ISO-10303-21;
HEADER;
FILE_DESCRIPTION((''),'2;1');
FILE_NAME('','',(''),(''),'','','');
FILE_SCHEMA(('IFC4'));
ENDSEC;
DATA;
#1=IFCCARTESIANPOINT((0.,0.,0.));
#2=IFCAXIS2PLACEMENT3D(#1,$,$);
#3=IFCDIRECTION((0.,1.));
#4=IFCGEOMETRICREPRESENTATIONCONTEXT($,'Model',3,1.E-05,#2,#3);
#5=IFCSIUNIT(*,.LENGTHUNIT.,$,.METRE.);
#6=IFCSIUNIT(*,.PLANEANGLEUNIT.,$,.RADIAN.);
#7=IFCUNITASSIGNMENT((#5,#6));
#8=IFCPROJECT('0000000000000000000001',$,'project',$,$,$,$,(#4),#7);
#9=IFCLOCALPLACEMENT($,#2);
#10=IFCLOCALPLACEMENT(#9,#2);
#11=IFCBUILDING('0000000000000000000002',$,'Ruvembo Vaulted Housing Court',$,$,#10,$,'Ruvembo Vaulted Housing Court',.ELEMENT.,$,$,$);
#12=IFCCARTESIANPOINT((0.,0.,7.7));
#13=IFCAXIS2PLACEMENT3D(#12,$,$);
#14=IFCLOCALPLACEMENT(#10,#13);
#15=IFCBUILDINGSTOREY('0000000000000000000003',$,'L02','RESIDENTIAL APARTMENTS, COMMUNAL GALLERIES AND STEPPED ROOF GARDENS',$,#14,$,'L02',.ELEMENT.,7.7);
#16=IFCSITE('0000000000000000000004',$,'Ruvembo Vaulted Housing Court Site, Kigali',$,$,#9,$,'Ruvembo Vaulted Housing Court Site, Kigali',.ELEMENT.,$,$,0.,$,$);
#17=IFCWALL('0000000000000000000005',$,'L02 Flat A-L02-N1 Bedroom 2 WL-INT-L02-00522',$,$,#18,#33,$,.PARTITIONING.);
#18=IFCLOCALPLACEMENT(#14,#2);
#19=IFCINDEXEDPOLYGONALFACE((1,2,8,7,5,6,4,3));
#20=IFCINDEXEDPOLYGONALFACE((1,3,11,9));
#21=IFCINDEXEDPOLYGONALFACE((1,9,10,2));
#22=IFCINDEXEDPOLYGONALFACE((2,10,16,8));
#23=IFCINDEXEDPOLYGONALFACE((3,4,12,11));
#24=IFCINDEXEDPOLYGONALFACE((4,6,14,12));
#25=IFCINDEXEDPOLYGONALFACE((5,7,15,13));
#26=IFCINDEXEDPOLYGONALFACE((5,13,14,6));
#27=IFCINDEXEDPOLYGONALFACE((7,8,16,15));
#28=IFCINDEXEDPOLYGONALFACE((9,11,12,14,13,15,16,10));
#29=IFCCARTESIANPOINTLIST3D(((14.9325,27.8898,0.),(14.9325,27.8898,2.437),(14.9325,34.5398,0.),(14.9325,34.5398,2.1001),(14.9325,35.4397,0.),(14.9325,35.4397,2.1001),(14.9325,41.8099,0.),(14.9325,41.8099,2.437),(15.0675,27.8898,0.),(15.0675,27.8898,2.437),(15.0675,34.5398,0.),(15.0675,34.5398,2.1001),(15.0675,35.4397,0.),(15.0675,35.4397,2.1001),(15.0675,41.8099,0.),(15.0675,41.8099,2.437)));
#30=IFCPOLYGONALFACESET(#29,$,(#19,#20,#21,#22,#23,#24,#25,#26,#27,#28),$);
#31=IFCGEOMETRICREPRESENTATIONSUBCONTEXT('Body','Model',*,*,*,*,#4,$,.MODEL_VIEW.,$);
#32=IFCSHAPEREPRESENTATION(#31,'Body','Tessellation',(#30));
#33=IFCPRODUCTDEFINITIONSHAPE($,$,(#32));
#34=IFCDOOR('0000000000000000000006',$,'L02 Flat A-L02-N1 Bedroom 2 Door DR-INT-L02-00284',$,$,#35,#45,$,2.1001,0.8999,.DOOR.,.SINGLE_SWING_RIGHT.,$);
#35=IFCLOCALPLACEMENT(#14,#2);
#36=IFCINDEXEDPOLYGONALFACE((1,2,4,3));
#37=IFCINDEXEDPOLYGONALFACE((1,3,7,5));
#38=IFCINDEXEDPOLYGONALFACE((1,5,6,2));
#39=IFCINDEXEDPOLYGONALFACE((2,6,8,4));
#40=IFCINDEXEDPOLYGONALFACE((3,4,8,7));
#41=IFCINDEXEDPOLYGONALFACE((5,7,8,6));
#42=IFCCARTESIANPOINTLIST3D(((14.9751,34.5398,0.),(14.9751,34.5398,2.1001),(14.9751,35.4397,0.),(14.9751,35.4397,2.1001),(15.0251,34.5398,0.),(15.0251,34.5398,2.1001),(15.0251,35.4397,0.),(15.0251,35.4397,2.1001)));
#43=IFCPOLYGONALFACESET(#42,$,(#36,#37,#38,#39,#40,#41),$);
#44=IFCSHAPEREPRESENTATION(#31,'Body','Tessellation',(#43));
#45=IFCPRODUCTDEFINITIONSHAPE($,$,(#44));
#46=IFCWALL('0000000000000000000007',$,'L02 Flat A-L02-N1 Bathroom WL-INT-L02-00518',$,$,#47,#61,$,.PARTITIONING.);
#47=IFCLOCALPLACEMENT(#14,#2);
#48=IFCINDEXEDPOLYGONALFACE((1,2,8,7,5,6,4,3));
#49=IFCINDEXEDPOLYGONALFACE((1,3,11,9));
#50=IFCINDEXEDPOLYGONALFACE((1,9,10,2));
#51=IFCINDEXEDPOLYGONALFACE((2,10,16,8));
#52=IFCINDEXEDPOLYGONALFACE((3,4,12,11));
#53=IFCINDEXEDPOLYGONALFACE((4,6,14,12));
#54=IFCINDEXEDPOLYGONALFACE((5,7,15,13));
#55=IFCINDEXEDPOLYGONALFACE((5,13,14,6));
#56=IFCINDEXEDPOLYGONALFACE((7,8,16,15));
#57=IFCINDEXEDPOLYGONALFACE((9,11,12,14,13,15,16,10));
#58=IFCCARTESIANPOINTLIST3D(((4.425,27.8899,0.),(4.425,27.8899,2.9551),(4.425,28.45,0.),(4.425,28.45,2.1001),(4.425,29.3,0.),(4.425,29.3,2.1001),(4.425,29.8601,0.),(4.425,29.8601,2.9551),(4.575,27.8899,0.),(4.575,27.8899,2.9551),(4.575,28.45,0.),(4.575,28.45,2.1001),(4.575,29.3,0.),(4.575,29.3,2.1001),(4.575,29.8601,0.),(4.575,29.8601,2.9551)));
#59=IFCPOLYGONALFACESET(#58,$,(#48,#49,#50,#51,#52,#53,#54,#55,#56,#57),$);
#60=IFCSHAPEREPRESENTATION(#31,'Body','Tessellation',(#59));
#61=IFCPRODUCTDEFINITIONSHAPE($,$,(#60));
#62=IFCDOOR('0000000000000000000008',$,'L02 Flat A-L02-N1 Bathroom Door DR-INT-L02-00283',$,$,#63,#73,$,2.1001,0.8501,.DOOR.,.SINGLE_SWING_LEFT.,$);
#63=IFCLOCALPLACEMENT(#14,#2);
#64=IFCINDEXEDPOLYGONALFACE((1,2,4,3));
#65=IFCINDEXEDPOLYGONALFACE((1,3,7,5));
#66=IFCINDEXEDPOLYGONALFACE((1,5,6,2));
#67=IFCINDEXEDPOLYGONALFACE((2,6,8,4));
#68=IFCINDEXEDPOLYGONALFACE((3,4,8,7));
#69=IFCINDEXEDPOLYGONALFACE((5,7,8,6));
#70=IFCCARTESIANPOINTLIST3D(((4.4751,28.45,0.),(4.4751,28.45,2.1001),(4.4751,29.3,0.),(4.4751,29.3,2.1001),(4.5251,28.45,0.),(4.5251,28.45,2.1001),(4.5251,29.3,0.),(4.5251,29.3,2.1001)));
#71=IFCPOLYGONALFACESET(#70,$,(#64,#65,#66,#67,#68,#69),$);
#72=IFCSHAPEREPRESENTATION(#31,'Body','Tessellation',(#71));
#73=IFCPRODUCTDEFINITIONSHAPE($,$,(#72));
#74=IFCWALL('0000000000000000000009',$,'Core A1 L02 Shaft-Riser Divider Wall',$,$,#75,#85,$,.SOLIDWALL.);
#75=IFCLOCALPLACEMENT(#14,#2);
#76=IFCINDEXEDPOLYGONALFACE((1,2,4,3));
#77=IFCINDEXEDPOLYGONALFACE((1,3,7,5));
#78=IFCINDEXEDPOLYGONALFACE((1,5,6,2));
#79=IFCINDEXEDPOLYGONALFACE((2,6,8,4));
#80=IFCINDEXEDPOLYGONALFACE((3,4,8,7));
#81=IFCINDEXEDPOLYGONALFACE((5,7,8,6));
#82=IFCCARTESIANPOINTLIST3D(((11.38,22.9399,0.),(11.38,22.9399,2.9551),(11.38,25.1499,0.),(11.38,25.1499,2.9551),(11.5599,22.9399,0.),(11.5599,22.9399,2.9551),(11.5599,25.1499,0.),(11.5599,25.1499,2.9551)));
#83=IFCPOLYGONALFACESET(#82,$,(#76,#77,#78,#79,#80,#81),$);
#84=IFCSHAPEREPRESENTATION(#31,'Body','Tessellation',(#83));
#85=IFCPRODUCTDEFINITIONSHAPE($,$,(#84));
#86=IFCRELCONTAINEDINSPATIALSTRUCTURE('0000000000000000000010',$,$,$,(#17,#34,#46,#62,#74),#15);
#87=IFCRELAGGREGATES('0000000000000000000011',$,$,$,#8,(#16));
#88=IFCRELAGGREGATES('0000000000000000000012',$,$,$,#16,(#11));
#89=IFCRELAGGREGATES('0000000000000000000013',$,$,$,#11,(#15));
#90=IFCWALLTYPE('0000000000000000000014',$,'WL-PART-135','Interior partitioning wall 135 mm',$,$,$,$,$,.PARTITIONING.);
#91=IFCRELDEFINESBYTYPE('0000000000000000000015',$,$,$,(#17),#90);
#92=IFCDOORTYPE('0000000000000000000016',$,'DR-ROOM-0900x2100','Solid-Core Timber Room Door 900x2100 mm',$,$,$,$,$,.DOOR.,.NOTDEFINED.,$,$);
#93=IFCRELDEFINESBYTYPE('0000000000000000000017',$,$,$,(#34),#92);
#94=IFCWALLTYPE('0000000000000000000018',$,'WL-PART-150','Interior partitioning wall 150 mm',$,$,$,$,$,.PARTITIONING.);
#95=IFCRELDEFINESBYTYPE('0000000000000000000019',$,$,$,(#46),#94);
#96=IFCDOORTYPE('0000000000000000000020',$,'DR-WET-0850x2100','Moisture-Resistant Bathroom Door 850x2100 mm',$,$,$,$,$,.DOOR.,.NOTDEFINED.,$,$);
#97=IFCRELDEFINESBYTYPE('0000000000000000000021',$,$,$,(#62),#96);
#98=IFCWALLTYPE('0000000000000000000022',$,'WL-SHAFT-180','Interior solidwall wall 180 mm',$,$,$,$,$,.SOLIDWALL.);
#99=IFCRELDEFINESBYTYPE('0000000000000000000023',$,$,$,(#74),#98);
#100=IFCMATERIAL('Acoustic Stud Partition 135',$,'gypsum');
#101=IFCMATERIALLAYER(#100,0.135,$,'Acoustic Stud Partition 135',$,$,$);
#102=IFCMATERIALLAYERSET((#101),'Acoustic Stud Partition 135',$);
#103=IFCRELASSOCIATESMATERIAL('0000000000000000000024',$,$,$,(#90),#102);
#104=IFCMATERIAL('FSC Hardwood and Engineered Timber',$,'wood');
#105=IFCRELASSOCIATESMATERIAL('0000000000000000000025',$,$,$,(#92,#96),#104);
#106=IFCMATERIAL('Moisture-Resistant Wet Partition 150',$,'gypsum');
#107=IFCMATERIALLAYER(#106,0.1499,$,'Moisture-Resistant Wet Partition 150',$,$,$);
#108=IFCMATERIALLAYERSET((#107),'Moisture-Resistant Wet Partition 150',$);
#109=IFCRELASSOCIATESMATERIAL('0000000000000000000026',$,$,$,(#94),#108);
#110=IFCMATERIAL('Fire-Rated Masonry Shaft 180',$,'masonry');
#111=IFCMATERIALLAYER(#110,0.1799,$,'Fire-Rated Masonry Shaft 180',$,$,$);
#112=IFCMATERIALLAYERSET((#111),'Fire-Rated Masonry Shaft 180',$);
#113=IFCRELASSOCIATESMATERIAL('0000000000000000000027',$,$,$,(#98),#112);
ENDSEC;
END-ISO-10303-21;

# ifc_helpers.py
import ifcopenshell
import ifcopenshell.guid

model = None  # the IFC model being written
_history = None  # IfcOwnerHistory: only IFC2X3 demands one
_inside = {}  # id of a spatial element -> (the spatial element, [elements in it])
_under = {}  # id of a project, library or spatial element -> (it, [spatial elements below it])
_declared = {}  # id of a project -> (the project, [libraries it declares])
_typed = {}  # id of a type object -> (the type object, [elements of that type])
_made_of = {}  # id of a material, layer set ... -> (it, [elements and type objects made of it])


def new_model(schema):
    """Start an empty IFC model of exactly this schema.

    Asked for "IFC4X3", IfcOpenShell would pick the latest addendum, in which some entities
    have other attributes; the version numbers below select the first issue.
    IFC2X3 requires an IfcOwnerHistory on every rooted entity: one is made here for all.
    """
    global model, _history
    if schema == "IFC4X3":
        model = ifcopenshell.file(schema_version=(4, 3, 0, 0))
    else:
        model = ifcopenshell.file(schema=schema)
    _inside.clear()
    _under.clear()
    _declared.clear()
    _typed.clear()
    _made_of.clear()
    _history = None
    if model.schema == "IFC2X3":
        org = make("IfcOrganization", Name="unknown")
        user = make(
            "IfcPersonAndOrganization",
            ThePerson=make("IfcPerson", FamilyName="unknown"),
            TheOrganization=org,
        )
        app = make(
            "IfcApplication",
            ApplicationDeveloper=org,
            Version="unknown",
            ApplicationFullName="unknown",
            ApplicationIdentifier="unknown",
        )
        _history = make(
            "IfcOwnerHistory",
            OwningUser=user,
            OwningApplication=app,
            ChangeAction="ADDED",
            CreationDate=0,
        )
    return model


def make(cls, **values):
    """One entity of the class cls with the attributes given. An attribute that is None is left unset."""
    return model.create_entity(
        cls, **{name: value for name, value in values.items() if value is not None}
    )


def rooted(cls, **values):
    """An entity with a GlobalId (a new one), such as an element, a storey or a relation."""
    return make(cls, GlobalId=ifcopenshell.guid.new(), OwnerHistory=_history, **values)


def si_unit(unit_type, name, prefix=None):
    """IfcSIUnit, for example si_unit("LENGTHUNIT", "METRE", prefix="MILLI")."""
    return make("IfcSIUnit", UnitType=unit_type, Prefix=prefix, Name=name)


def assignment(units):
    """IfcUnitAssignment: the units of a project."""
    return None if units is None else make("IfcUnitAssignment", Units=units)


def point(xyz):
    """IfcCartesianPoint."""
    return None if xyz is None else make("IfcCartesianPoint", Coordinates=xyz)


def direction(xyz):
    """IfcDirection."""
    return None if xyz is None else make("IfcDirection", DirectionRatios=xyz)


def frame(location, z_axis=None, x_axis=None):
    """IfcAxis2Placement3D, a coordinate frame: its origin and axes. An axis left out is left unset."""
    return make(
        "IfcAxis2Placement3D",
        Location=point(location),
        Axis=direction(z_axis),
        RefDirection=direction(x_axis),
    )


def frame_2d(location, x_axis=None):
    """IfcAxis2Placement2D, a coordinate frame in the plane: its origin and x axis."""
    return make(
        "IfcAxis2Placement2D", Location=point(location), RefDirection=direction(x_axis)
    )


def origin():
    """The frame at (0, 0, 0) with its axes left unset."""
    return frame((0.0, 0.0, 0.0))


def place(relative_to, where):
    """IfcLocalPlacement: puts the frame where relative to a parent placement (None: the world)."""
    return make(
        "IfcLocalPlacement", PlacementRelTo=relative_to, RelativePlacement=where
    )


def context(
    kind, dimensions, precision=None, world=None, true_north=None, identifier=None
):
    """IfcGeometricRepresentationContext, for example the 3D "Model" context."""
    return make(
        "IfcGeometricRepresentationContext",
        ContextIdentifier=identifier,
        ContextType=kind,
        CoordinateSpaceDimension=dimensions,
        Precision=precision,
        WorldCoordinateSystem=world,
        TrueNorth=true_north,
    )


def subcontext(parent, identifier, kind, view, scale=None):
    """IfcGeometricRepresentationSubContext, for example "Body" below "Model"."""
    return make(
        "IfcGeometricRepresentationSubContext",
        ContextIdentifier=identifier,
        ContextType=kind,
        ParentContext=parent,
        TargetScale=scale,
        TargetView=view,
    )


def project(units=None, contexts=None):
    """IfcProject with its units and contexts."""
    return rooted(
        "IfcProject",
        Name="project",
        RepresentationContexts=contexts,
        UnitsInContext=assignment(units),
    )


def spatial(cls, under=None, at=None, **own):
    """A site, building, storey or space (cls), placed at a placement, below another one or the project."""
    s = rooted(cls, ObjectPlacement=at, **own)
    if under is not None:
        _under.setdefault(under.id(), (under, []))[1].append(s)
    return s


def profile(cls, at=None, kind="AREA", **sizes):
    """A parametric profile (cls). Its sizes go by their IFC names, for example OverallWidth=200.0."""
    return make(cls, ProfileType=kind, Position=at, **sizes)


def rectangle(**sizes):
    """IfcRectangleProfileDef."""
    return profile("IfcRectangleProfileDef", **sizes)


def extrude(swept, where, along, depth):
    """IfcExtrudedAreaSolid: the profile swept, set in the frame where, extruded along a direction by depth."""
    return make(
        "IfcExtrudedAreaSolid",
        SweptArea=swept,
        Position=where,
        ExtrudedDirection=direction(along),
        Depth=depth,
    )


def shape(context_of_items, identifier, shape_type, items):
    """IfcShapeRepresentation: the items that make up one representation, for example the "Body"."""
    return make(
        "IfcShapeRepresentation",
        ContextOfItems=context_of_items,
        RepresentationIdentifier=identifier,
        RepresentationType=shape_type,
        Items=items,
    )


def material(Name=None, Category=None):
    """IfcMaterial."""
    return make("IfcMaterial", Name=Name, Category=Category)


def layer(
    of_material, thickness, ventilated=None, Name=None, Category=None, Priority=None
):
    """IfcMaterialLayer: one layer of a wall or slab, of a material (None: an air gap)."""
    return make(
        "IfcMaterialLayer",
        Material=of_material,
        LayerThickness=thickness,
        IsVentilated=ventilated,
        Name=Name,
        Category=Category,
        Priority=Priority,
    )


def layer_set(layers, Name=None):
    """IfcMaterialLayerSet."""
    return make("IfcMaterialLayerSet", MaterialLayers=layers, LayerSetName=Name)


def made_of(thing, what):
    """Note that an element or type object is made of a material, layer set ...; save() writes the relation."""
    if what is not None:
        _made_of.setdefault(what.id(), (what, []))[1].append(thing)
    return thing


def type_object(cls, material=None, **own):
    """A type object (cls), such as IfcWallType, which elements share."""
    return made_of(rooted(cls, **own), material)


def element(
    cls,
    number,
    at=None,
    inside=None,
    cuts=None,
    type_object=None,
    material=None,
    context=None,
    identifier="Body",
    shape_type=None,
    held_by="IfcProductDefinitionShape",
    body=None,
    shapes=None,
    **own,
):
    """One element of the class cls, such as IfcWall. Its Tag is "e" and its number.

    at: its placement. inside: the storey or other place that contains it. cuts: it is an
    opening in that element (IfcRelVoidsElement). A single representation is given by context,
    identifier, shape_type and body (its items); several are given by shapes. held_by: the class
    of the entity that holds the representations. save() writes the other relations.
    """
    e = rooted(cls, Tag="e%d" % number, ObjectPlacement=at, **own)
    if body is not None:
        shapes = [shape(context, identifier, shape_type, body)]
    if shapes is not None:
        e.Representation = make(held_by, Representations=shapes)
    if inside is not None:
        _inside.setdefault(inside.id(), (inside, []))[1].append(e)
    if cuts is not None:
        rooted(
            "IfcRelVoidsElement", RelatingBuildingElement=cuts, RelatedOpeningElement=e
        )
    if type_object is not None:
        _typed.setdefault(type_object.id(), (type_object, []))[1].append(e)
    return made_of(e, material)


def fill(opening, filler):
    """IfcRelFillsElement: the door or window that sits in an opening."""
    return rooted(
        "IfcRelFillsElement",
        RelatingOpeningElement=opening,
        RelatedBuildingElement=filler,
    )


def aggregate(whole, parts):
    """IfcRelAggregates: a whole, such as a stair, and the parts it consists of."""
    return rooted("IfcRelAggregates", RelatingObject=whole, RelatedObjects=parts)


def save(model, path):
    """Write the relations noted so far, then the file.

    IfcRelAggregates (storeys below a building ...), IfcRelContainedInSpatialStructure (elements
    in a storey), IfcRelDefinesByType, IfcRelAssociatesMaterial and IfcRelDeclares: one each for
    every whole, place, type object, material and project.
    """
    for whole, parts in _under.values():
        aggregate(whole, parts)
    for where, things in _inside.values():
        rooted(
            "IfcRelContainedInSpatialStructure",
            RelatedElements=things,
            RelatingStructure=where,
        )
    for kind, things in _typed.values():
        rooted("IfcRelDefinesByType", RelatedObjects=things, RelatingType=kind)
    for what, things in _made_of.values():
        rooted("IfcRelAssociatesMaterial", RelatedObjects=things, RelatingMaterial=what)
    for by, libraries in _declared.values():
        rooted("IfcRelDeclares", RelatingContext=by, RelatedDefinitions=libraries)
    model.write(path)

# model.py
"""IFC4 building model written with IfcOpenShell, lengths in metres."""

from ifc_helpers import new_model, si_unit, direction, frame, frame_2d, origin, place, context, subcontext, project, spatial, rectangle, extrude, material, layer, layer_set, type_object, element, fill, save


model = new_model("IFC4")

# Units and contexts
model_context = context("Model", 3, precision=1e-05, world=origin(), true_north=direction((0.0, 1.0)))
body_context = subcontext(model_context, "Body", "Model", "MODEL_VIEW")
ifc_project = project(units=[si_unit("LENGTHUNIT", "METRE"), si_unit("PLANEANGLEUNIT", "RADIAN")], contexts=[model_context])

# Site, building, storey
site_placement = place(None, origin())
site = spatial("IfcSite", under=ifc_project, at=site_placement, Name="Ruvembo Vaulted Housing Court Site, Kigali", LongName="Ruvembo Vaulted Housing Court Site, Kigali", CompositionType="ELEMENT", RefElevation=0.0)
building_placement = place(site_placement, origin())
building = spatial("IfcBuilding", under=site, at=building_placement, Name="Ruvembo Vaulted Housing Court", LongName="Ruvembo Vaulted Housing Court", CompositionType="ELEMENT")
storey_placement = place(building_placement, frame((0.0, 0.0, 7.7)))
storey = spatial("IfcBuildingStorey", under=building, at=storey_placement, Name="L02", Description="RESIDENTIAL APARTMENTS, COMMUNAL GALLERIES AND STEPPED ROOF GARDENS", LongName="L02", CompositionType="ELEMENT", Elevation=7.7)

# Shared definitions
ifc_material_1 = material(Name="FSC Hardwood and Engineered Timber", Category="wood")

# Walls, openings, doors
ifc_material_2 = material(Name="Acoustic Stud Partition 135", Category="gypsum")
ifc_layer_1 = layer(ifc_material_2, 0.135, Name="Acoustic Stud Partition 135")
ifc_layer_set_1 = layer_set([ifc_layer_1], Name="Acoustic Stud Partition 135")
wall_type_1 = type_object("IfcWallType", Name="WL-PART-135", Description="Interior partitioning wall 135 mm", PredefinedType="PARTITIONING", material=ifc_layer_set_1)
wall_1_placement = place(storey_placement, frame((15.0, 27.8899, 0.0), z_axis=(0.0, 0.0, 1.0), x_axis=(0.0, 1.0, 0.0)))
wall_1 = element("IfcWall", 1, at=wall_1_placement, inside=storey, type_object=wall_type_1, Name="L02 Flat A-L02-N1 Bedroom 2 WL-INT-L02-00522", PredefinedType="PARTITIONING", context=body_context, shape_type="SweptSolid", body=[
    extrude(rectangle(XDim=13.9202, YDim=0.135, at=frame_2d((6.96, 0.0))), origin(), (0.0, 0.0, 1.0), 2.437),
])
opening_1_placement = place(wall_1_placement, frame((6.6499, 0.0, 0.0)))
opening_1 = element("IfcOpeningElement", 2, at=opening_1_placement, cuts=wall_1, PredefinedType="OPENING", context=body_context, shape_type="SweptSolid", body=[
    extrude(rectangle(XDim=0.8999, YDim=2.1001, at=frame_2d((0.45, 1.05))), frame((0.0, 0.0774, 0.0), z_axis=(0.0, -1.0, 0.0), x_axis=(1.0, 0.0, 0.0)), (0.0, 0.0, 1.0), 0.155),
])
door_type_1 = type_object("IfcDoorType", Name="DR-ROOM-0900x2100", Description="Solid-Core Timber Room Door 900x2100 mm", OperationType="NOTDEFINED", PredefinedType="DOOR", material=ifc_material_1)
door_1_placement = place(opening_1_placement, origin())
door_1 = element("IfcDoor", 3, at=door_1_placement, inside=storey, type_object=door_type_1, Name="L02 Flat A-L02-N1 Bedroom 2 Door DR-INT-L02-00284", OperationType="SINGLE_SWING_RIGHT", OverallHeight=2.1001, OverallWidth=0.8999, PredefinedType="DOOR", context=body_context, shape_type="SweptSolid", body=[
    extrude(rectangle(XDim=0.8999, YDim=2.1001, at=frame_2d((0.45, 1.05))), frame((0.0, 0.0249, 0.0), z_axis=(0.0, -1.0, 0.0), x_axis=(1.0, 0.0, 0.0)), (0.0, 0.0, 1.0), 0.05),
])
fill(opening_1, door_1)
ifc_material_3 = material(Name="Moisture-Resistant Wet Partition 150", Category="gypsum")
ifc_layer_2 = layer(ifc_material_3, 0.1499, Name="Moisture-Resistant Wet Partition 150")
ifc_layer_set_2 = layer_set([ifc_layer_2], Name="Moisture-Resistant Wet Partition 150")
wall_type_2 = type_object("IfcWallType", Name="WL-PART-150", Description="Interior partitioning wall 150 mm", PredefinedType="PARTITIONING", material=ifc_layer_set_2)
wall_2_placement = place(storey_placement, frame((4.5, 27.8899, 0.0), z_axis=(0.0, 0.0, 1.0), x_axis=(0.0, 1.0, 0.0)))
wall_2 = element("IfcWall", 4, at=wall_2_placement, inside=storey, type_object=wall_type_2, Name="L02 Flat A-L02-N1 Bathroom WL-INT-L02-00518", PredefinedType="PARTITIONING", context=body_context, shape_type="SweptSolid", body=[
    extrude(rectangle(XDim=1.9702, YDim=0.1499, at=frame_2d((0.9851, 0.0))), origin(), (0.0, 0.0, 1.0), 2.9551),
])
opening_2_placement = place(wall_2_placement, frame((0.5601, 0.0, 0.0)))
opening_2 = element("IfcOpeningElement", 5, at=opening_2_placement, cuts=wall_2, PredefinedType="OPENING", context=body_context, shape_type="SweptSolid", body=[
    extrude(rectangle(XDim=0.8501, YDim=2.1001, at=frame_2d((0.425, 1.05))), frame((0.0, 0.085, 0.0), z_axis=(0.0, -1.0, 0.0), x_axis=(1.0, 0.0, 0.0)), (0.0, 0.0, 1.0), 0.1699),
])
door_type_2 = type_object("IfcDoorType", Name="DR-WET-0850x2100", Description="Moisture-Resistant Bathroom Door 850x2100 mm", OperationType="NOTDEFINED", PredefinedType="DOOR", material=ifc_material_1)
door_2_placement = place(opening_2_placement, origin())
door_2 = element("IfcDoor", 6, at=door_2_placement, inside=storey, type_object=door_type_2, Name="L02 Flat A-L02-N1 Bathroom Door DR-INT-L02-00283", OperationType="SINGLE_SWING_LEFT", OverallHeight=2.1001, OverallWidth=0.8501, PredefinedType="DOOR", context=body_context, shape_type="SweptSolid", body=[
    extrude(rectangle(XDim=0.8501, YDim=2.1001, at=frame_2d((0.425, 1.05))), frame((0.0, 0.0249, 0.0), z_axis=(0.0, -1.0, 0.0), x_axis=(1.0, 0.0, 0.0)), (0.0, 0.0, 1.0), 0.05),
])
fill(opening_2, door_2)

# Shared definitions
ifc_material_4 = material(Name="Fire-Rated Masonry Shaft 180", Category="masonry")
ifc_layer_3 = layer(ifc_material_4, 0.1799, Name="Fire-Rated Masonry Shaft 180")
ifc_layer_set_3 = layer_set([ifc_layer_3], Name="Fire-Rated Masonry Shaft 180")
wall_type_3 = type_object("IfcWallType", Name="WL-SHAFT-180", Description="Interior solidwall wall 180 mm", PredefinedType="SOLIDWALL", material=ifc_layer_set_3)

# Wall
wall_3_placement = place(storey_placement, frame((11.47, 22.9399, 0.0), z_axis=(0.0, 0.0, 1.0), x_axis=(0.0, 1.0, 0.0)))
element("IfcWall", 7, at=wall_3_placement, inside=storey, type_object=wall_type_3, Name="Core A1 L02 Shaft-Riser Divider Wall", PredefinedType="SOLIDWALL", context=body_context, shape_type="SweptSolid", body=[
    extrude(rectangle(XDim=2.21, YDim=0.1799, at=frame_2d((1.105, 0.0))), origin(), (0.0, 0.0, 1.0), 2.9551),
])

save(model, "model.ifc")
